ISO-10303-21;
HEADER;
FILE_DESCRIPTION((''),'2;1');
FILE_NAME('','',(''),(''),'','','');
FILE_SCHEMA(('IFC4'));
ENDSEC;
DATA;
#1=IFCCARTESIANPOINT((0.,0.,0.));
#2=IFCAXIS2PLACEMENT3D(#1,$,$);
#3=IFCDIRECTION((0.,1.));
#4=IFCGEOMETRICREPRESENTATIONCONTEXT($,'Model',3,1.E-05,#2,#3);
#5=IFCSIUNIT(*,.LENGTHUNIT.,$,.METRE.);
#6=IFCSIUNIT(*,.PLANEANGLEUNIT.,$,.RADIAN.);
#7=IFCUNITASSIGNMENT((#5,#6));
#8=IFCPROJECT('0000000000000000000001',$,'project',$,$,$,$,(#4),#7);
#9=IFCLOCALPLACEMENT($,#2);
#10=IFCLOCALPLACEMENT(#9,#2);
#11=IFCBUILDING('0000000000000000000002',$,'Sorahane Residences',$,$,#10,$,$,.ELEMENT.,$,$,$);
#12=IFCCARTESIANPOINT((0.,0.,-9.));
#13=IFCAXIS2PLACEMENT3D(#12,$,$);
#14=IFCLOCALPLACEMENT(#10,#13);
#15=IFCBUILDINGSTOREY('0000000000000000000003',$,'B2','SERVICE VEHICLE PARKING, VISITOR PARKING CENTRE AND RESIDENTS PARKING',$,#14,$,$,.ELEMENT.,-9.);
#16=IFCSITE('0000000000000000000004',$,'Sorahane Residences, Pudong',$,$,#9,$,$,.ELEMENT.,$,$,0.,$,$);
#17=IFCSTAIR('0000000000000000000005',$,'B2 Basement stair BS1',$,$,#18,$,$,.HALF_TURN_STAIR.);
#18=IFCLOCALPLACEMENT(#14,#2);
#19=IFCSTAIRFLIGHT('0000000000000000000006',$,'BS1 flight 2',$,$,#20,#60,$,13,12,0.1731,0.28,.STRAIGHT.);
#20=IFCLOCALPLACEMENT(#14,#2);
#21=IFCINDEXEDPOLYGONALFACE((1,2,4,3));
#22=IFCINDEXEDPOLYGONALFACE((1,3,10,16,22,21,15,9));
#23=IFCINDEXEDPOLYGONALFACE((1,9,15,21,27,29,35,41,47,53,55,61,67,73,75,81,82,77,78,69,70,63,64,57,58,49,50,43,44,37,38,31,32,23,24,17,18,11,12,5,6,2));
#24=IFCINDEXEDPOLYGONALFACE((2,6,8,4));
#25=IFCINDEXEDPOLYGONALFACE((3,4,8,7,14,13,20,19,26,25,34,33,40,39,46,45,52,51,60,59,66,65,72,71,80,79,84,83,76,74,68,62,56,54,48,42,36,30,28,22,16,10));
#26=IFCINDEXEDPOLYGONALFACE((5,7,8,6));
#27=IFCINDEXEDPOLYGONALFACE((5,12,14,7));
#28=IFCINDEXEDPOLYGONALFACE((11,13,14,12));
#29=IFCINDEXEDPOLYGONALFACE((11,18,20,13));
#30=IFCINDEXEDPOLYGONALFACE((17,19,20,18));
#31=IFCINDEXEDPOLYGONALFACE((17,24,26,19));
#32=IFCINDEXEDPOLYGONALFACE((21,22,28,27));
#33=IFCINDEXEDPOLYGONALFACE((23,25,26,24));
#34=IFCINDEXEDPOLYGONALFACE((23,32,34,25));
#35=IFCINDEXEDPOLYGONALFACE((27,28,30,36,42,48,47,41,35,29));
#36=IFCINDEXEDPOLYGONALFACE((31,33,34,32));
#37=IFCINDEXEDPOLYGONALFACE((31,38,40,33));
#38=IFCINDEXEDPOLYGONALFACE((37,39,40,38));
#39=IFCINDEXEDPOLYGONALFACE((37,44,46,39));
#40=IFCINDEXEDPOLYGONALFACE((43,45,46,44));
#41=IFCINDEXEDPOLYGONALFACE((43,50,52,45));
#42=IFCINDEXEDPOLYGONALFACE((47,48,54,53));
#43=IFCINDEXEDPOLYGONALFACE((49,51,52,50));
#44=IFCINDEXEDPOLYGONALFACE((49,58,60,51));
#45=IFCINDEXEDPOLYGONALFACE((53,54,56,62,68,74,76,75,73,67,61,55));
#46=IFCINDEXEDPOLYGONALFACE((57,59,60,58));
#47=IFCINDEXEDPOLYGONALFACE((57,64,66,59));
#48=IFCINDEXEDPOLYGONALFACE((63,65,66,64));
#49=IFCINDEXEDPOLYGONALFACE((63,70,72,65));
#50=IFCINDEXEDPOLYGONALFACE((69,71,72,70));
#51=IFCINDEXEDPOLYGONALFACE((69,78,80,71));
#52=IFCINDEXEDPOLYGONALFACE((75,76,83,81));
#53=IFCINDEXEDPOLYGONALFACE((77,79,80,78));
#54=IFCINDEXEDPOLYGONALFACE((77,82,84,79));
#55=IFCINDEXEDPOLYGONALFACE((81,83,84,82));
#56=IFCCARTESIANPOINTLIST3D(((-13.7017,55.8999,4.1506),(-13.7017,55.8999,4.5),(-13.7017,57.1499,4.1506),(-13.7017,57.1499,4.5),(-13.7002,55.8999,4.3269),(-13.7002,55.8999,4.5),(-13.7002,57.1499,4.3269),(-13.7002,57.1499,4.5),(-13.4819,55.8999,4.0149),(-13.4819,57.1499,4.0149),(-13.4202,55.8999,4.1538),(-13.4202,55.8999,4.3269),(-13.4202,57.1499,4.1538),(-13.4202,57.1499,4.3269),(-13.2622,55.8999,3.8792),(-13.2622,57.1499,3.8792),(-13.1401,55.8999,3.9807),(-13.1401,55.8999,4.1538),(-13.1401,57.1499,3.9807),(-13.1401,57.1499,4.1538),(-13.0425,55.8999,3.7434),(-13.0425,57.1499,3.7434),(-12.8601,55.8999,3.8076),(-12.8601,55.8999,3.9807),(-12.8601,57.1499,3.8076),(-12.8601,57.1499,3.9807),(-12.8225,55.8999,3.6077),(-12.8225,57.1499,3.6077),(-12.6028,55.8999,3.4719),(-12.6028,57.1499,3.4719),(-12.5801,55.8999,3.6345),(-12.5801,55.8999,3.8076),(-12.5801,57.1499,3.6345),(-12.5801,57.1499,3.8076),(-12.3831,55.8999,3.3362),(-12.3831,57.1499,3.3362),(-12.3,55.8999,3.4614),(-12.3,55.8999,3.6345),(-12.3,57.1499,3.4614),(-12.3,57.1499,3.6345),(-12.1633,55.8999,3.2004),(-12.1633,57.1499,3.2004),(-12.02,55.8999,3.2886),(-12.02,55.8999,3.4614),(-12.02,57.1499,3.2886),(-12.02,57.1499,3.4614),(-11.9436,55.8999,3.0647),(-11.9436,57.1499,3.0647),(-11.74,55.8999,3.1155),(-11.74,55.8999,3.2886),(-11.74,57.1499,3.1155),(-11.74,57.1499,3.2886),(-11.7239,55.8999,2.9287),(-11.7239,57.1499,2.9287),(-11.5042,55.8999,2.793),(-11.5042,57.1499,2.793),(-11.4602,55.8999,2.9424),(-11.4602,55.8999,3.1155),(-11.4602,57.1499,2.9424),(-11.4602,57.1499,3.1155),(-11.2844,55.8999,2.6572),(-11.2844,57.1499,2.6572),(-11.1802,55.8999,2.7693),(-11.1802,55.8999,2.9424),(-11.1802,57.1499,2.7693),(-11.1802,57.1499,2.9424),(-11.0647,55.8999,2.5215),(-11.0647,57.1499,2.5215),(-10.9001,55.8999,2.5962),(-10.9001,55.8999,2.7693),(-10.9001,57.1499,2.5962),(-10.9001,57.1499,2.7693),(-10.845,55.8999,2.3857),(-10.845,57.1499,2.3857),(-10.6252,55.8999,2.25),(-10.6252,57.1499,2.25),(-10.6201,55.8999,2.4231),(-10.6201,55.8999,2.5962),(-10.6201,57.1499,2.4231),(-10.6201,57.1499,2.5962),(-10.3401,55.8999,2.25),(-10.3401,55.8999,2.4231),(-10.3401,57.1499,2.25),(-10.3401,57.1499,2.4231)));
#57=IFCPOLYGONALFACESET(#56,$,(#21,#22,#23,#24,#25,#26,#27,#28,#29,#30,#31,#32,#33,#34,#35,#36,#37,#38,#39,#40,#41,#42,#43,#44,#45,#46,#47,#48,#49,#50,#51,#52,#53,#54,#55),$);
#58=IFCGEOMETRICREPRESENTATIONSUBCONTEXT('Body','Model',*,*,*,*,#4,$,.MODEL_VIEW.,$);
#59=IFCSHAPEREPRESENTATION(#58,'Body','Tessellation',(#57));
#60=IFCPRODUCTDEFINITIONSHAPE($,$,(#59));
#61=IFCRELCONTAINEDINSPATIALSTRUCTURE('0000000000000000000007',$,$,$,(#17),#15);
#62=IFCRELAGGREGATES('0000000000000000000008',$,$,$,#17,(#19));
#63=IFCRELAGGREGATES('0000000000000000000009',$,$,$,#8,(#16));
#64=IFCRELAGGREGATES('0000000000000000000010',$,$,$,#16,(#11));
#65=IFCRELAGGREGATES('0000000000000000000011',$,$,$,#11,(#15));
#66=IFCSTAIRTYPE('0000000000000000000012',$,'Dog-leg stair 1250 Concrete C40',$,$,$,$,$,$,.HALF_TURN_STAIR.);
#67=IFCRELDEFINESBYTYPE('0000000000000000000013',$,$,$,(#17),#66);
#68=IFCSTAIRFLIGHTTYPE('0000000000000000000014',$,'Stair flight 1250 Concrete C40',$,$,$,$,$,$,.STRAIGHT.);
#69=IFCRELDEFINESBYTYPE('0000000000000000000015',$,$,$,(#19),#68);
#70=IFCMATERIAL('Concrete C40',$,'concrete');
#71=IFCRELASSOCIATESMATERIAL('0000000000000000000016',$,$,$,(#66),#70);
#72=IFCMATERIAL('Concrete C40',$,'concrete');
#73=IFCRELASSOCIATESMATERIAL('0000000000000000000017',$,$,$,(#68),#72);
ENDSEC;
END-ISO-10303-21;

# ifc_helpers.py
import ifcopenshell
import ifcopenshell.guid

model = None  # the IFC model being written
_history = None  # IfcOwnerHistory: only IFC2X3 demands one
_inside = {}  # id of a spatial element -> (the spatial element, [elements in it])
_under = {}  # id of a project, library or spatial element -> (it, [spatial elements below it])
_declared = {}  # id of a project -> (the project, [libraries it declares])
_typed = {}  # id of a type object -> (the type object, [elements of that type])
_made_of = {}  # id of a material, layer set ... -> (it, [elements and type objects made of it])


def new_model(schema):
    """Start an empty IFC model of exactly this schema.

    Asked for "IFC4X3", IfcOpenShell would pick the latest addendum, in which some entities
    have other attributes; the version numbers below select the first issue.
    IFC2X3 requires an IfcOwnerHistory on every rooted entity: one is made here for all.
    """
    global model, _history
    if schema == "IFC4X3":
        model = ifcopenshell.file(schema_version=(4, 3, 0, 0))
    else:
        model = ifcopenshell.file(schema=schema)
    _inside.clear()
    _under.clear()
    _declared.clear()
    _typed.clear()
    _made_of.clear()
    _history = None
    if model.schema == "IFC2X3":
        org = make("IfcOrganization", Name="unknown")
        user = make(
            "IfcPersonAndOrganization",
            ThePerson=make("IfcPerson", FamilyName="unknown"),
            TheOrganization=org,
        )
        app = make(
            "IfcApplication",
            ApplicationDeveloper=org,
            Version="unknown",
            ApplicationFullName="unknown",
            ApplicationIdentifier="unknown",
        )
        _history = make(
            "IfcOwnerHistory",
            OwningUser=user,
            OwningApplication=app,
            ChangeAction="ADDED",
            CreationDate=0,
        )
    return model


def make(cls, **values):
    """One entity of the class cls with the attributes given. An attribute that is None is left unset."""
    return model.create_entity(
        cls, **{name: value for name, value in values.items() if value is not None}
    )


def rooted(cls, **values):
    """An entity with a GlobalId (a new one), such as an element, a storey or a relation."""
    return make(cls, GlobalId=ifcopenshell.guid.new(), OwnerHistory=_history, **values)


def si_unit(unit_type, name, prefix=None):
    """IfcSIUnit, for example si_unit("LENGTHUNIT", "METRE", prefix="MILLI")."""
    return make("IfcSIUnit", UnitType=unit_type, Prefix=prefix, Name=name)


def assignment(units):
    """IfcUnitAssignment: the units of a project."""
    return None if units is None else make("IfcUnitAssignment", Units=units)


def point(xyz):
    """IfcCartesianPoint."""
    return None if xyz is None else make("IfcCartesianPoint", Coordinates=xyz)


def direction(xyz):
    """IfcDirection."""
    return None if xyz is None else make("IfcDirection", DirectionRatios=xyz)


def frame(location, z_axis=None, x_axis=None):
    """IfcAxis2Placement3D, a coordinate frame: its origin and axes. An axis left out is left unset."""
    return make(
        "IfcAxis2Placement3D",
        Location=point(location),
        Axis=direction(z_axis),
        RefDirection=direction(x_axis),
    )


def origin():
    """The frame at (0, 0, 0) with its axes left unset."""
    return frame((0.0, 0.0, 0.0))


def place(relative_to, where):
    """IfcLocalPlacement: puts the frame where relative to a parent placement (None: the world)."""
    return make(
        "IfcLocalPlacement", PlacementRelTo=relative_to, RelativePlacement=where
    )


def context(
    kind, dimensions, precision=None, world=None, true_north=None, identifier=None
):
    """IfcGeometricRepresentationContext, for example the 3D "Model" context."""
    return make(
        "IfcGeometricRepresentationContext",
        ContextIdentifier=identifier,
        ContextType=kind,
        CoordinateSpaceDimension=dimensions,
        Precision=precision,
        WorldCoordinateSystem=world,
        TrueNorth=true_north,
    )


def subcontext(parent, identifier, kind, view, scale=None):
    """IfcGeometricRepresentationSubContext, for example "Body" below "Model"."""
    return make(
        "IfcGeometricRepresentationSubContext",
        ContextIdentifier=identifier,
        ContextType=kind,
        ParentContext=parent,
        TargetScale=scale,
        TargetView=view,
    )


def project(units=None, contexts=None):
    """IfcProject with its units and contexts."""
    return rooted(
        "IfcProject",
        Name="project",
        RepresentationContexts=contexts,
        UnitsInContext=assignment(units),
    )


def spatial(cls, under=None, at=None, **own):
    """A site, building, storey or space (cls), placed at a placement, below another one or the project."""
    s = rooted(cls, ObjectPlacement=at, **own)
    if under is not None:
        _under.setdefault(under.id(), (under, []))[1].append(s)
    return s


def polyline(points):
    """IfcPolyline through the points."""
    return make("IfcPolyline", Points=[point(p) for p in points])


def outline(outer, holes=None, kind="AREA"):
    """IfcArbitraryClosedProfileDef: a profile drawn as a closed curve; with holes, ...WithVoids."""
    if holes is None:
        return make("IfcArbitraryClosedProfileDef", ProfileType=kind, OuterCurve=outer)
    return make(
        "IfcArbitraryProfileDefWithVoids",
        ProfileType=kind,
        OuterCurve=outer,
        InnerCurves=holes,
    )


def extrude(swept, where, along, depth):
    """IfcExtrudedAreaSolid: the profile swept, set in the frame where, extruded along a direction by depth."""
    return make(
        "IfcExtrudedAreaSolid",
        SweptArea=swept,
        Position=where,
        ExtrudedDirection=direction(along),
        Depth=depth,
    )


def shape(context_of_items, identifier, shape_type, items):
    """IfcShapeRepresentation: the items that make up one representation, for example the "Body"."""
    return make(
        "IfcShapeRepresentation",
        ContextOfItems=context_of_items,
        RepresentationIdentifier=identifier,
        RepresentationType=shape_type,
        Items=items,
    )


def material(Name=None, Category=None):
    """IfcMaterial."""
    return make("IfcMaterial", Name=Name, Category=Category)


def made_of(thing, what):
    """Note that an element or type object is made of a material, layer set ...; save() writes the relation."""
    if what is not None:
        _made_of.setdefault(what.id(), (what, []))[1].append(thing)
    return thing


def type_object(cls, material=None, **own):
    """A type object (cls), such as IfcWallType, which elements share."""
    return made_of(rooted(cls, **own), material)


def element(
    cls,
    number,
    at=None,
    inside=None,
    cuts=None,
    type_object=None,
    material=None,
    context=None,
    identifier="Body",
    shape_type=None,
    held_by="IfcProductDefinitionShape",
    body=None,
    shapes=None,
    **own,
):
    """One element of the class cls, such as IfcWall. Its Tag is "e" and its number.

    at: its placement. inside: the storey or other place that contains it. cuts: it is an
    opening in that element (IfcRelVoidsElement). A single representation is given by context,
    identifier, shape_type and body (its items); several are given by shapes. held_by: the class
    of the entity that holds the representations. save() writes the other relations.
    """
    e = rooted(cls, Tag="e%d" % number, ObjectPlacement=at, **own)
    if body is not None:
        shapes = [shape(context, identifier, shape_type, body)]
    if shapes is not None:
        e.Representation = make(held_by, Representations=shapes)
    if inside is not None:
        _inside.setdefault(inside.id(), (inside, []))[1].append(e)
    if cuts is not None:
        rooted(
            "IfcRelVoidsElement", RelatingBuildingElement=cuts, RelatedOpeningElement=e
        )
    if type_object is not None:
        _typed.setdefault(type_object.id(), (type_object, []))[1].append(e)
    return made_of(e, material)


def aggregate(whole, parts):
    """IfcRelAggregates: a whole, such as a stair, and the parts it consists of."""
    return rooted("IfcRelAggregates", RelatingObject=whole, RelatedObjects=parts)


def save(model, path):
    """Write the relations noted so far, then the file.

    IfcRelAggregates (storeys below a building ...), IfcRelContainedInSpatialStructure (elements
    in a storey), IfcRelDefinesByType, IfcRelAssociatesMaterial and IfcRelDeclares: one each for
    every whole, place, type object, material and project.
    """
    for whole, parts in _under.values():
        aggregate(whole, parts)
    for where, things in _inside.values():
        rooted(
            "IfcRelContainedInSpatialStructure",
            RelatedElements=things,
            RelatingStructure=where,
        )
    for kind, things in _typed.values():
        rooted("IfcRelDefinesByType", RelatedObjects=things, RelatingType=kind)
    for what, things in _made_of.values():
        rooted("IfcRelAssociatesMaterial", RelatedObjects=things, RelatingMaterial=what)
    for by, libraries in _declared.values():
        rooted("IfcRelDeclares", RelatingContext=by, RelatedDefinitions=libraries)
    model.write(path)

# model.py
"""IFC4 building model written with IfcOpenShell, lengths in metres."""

from ifc_helpers import new_model, si_unit, direction, frame, origin, place, context, subcontext, project, spatial, polyline, outline, extrude, material, type_object, element, aggregate, save


model = new_model("IFC4")

# Units and contexts
model_context = context("Model", 3, precision=1e-05, world=origin(), true_north=direction((0.0, 1.0)))
body_context = subcontext(model_context, "Body", "Model", "MODEL_VIEW")
ifc_project = project(units=[si_unit("LENGTHUNIT", "METRE"), si_unit("PLANEANGLEUNIT", "RADIAN")], contexts=[model_context])

# Site, building, storey
site_placement = place(None, origin())
site = spatial("IfcSite", under=ifc_project, at=site_placement, Name="Sorahane Residences, Pudong", CompositionType="ELEMENT", RefElevation=0.0)
building_placement = place(site_placement, origin())
building = spatial("IfcBuilding", under=site, at=building_placement, Name="Sorahane Residences", CompositionType="ELEMENT")
storey_placement = place(building_placement, frame((0.0, 0.0, -9.0)))
storey = spatial("IfcBuildingStorey", under=building, at=storey_placement, Name="B2", Description="SERVICE VEHICLE PARKING, VISITOR PARKING CENTRE AND RESIDENTS PARKING", CompositionType="ELEMENT", Elevation=-9.0)

# Stair, stair flight
ifc_material_1 = material(Name="Concrete C40", Category="concrete")
stair_type = type_object("IfcStairType", Name="Dog-leg stair 1250 Concrete C40", PredefinedType="HALF_TURN_STAIR", material=ifc_material_1)
stair_placement = place(storey_placement, origin())
stair = element("IfcStair", 1, at=stair_placement, inside=storey, type_object=stair_type, Name="B2 Basement stair BS1", PredefinedType="HALF_TURN_STAIR")
ifc_material_2 = material(Name="Concrete C40", Category="concrete")
stair_flight_type = type_object("IfcStairFlightType", Name="Stair flight 1250 Concrete C40", PredefinedType="STRAIGHT", material=ifc_material_2)
stair_flight_1_placement = place(storey_placement, frame((-10.3401, 56.5249, 2.25), z_axis=(0.0, 0.0, 1.0), x_axis=(-1.0, 0.0, 0.0)))
stair_flight_1 = element("IfcStairFlight", 2, at=stair_flight_1_placement, type_object=stair_flight_type, Name="BS1 flight 2", NumberOfRisers=13, NumberOfTreads=12, PredefinedType="STRAIGHT", RiserHeight=0.1731, TreadLength=0.28, context=body_context, shape_type="SweptSolid", body=[
    extrude(outline(polyline([(0.0, 0.0), (0.0, 0.1731), (0.28, 0.1731), (0.28, 0.3462), (0.5601, 0.3462), (0.5601, 0.5193), (0.8401, 0.5193), (0.8401, 0.6924), (1.1201, 0.6924), (1.1201, 0.8655), (1.3999, 0.8655), (1.3999, 1.0386), (1.6799, 1.0386), (1.6799, 1.2114), (1.96, 1.2114), (1.96, 1.3845), (2.24, 1.3845), (2.24, 1.5576), (2.52, 1.5576), (2.52, 1.7307), (2.8, 1.7307), (2.8, 1.9038), (3.0801, 1.9038), (3.0801, 2.0769), (3.3601, 2.0769), (3.3601, 2.25), (3.3616, 2.25), (3.3616, 1.9006), (3.1418, 1.7649), (2.9221, 1.6292), (2.7024, 1.4934), (2.4824, 1.3577), (2.2627, 1.2219), (2.043, 1.0862), (1.8232, 0.9504), (1.6035, 0.8147), (1.3838, 0.6787), (1.1641, 0.543), (0.9443, 0.4072), (0.7246, 0.2715), (0.5049, 0.1357), (0.2852, 0.0), (0.0, 0.0)])), frame((0.0, 0.625, 0.0), z_axis=(0.0, -1.0, 0.0), x_axis=(1.0, 0.0, 0.0)), (0.0, 0.0, 1.0), 1.25),
])
aggregate(stair, [stair_flight_1])

save(model, "model.ifc")
